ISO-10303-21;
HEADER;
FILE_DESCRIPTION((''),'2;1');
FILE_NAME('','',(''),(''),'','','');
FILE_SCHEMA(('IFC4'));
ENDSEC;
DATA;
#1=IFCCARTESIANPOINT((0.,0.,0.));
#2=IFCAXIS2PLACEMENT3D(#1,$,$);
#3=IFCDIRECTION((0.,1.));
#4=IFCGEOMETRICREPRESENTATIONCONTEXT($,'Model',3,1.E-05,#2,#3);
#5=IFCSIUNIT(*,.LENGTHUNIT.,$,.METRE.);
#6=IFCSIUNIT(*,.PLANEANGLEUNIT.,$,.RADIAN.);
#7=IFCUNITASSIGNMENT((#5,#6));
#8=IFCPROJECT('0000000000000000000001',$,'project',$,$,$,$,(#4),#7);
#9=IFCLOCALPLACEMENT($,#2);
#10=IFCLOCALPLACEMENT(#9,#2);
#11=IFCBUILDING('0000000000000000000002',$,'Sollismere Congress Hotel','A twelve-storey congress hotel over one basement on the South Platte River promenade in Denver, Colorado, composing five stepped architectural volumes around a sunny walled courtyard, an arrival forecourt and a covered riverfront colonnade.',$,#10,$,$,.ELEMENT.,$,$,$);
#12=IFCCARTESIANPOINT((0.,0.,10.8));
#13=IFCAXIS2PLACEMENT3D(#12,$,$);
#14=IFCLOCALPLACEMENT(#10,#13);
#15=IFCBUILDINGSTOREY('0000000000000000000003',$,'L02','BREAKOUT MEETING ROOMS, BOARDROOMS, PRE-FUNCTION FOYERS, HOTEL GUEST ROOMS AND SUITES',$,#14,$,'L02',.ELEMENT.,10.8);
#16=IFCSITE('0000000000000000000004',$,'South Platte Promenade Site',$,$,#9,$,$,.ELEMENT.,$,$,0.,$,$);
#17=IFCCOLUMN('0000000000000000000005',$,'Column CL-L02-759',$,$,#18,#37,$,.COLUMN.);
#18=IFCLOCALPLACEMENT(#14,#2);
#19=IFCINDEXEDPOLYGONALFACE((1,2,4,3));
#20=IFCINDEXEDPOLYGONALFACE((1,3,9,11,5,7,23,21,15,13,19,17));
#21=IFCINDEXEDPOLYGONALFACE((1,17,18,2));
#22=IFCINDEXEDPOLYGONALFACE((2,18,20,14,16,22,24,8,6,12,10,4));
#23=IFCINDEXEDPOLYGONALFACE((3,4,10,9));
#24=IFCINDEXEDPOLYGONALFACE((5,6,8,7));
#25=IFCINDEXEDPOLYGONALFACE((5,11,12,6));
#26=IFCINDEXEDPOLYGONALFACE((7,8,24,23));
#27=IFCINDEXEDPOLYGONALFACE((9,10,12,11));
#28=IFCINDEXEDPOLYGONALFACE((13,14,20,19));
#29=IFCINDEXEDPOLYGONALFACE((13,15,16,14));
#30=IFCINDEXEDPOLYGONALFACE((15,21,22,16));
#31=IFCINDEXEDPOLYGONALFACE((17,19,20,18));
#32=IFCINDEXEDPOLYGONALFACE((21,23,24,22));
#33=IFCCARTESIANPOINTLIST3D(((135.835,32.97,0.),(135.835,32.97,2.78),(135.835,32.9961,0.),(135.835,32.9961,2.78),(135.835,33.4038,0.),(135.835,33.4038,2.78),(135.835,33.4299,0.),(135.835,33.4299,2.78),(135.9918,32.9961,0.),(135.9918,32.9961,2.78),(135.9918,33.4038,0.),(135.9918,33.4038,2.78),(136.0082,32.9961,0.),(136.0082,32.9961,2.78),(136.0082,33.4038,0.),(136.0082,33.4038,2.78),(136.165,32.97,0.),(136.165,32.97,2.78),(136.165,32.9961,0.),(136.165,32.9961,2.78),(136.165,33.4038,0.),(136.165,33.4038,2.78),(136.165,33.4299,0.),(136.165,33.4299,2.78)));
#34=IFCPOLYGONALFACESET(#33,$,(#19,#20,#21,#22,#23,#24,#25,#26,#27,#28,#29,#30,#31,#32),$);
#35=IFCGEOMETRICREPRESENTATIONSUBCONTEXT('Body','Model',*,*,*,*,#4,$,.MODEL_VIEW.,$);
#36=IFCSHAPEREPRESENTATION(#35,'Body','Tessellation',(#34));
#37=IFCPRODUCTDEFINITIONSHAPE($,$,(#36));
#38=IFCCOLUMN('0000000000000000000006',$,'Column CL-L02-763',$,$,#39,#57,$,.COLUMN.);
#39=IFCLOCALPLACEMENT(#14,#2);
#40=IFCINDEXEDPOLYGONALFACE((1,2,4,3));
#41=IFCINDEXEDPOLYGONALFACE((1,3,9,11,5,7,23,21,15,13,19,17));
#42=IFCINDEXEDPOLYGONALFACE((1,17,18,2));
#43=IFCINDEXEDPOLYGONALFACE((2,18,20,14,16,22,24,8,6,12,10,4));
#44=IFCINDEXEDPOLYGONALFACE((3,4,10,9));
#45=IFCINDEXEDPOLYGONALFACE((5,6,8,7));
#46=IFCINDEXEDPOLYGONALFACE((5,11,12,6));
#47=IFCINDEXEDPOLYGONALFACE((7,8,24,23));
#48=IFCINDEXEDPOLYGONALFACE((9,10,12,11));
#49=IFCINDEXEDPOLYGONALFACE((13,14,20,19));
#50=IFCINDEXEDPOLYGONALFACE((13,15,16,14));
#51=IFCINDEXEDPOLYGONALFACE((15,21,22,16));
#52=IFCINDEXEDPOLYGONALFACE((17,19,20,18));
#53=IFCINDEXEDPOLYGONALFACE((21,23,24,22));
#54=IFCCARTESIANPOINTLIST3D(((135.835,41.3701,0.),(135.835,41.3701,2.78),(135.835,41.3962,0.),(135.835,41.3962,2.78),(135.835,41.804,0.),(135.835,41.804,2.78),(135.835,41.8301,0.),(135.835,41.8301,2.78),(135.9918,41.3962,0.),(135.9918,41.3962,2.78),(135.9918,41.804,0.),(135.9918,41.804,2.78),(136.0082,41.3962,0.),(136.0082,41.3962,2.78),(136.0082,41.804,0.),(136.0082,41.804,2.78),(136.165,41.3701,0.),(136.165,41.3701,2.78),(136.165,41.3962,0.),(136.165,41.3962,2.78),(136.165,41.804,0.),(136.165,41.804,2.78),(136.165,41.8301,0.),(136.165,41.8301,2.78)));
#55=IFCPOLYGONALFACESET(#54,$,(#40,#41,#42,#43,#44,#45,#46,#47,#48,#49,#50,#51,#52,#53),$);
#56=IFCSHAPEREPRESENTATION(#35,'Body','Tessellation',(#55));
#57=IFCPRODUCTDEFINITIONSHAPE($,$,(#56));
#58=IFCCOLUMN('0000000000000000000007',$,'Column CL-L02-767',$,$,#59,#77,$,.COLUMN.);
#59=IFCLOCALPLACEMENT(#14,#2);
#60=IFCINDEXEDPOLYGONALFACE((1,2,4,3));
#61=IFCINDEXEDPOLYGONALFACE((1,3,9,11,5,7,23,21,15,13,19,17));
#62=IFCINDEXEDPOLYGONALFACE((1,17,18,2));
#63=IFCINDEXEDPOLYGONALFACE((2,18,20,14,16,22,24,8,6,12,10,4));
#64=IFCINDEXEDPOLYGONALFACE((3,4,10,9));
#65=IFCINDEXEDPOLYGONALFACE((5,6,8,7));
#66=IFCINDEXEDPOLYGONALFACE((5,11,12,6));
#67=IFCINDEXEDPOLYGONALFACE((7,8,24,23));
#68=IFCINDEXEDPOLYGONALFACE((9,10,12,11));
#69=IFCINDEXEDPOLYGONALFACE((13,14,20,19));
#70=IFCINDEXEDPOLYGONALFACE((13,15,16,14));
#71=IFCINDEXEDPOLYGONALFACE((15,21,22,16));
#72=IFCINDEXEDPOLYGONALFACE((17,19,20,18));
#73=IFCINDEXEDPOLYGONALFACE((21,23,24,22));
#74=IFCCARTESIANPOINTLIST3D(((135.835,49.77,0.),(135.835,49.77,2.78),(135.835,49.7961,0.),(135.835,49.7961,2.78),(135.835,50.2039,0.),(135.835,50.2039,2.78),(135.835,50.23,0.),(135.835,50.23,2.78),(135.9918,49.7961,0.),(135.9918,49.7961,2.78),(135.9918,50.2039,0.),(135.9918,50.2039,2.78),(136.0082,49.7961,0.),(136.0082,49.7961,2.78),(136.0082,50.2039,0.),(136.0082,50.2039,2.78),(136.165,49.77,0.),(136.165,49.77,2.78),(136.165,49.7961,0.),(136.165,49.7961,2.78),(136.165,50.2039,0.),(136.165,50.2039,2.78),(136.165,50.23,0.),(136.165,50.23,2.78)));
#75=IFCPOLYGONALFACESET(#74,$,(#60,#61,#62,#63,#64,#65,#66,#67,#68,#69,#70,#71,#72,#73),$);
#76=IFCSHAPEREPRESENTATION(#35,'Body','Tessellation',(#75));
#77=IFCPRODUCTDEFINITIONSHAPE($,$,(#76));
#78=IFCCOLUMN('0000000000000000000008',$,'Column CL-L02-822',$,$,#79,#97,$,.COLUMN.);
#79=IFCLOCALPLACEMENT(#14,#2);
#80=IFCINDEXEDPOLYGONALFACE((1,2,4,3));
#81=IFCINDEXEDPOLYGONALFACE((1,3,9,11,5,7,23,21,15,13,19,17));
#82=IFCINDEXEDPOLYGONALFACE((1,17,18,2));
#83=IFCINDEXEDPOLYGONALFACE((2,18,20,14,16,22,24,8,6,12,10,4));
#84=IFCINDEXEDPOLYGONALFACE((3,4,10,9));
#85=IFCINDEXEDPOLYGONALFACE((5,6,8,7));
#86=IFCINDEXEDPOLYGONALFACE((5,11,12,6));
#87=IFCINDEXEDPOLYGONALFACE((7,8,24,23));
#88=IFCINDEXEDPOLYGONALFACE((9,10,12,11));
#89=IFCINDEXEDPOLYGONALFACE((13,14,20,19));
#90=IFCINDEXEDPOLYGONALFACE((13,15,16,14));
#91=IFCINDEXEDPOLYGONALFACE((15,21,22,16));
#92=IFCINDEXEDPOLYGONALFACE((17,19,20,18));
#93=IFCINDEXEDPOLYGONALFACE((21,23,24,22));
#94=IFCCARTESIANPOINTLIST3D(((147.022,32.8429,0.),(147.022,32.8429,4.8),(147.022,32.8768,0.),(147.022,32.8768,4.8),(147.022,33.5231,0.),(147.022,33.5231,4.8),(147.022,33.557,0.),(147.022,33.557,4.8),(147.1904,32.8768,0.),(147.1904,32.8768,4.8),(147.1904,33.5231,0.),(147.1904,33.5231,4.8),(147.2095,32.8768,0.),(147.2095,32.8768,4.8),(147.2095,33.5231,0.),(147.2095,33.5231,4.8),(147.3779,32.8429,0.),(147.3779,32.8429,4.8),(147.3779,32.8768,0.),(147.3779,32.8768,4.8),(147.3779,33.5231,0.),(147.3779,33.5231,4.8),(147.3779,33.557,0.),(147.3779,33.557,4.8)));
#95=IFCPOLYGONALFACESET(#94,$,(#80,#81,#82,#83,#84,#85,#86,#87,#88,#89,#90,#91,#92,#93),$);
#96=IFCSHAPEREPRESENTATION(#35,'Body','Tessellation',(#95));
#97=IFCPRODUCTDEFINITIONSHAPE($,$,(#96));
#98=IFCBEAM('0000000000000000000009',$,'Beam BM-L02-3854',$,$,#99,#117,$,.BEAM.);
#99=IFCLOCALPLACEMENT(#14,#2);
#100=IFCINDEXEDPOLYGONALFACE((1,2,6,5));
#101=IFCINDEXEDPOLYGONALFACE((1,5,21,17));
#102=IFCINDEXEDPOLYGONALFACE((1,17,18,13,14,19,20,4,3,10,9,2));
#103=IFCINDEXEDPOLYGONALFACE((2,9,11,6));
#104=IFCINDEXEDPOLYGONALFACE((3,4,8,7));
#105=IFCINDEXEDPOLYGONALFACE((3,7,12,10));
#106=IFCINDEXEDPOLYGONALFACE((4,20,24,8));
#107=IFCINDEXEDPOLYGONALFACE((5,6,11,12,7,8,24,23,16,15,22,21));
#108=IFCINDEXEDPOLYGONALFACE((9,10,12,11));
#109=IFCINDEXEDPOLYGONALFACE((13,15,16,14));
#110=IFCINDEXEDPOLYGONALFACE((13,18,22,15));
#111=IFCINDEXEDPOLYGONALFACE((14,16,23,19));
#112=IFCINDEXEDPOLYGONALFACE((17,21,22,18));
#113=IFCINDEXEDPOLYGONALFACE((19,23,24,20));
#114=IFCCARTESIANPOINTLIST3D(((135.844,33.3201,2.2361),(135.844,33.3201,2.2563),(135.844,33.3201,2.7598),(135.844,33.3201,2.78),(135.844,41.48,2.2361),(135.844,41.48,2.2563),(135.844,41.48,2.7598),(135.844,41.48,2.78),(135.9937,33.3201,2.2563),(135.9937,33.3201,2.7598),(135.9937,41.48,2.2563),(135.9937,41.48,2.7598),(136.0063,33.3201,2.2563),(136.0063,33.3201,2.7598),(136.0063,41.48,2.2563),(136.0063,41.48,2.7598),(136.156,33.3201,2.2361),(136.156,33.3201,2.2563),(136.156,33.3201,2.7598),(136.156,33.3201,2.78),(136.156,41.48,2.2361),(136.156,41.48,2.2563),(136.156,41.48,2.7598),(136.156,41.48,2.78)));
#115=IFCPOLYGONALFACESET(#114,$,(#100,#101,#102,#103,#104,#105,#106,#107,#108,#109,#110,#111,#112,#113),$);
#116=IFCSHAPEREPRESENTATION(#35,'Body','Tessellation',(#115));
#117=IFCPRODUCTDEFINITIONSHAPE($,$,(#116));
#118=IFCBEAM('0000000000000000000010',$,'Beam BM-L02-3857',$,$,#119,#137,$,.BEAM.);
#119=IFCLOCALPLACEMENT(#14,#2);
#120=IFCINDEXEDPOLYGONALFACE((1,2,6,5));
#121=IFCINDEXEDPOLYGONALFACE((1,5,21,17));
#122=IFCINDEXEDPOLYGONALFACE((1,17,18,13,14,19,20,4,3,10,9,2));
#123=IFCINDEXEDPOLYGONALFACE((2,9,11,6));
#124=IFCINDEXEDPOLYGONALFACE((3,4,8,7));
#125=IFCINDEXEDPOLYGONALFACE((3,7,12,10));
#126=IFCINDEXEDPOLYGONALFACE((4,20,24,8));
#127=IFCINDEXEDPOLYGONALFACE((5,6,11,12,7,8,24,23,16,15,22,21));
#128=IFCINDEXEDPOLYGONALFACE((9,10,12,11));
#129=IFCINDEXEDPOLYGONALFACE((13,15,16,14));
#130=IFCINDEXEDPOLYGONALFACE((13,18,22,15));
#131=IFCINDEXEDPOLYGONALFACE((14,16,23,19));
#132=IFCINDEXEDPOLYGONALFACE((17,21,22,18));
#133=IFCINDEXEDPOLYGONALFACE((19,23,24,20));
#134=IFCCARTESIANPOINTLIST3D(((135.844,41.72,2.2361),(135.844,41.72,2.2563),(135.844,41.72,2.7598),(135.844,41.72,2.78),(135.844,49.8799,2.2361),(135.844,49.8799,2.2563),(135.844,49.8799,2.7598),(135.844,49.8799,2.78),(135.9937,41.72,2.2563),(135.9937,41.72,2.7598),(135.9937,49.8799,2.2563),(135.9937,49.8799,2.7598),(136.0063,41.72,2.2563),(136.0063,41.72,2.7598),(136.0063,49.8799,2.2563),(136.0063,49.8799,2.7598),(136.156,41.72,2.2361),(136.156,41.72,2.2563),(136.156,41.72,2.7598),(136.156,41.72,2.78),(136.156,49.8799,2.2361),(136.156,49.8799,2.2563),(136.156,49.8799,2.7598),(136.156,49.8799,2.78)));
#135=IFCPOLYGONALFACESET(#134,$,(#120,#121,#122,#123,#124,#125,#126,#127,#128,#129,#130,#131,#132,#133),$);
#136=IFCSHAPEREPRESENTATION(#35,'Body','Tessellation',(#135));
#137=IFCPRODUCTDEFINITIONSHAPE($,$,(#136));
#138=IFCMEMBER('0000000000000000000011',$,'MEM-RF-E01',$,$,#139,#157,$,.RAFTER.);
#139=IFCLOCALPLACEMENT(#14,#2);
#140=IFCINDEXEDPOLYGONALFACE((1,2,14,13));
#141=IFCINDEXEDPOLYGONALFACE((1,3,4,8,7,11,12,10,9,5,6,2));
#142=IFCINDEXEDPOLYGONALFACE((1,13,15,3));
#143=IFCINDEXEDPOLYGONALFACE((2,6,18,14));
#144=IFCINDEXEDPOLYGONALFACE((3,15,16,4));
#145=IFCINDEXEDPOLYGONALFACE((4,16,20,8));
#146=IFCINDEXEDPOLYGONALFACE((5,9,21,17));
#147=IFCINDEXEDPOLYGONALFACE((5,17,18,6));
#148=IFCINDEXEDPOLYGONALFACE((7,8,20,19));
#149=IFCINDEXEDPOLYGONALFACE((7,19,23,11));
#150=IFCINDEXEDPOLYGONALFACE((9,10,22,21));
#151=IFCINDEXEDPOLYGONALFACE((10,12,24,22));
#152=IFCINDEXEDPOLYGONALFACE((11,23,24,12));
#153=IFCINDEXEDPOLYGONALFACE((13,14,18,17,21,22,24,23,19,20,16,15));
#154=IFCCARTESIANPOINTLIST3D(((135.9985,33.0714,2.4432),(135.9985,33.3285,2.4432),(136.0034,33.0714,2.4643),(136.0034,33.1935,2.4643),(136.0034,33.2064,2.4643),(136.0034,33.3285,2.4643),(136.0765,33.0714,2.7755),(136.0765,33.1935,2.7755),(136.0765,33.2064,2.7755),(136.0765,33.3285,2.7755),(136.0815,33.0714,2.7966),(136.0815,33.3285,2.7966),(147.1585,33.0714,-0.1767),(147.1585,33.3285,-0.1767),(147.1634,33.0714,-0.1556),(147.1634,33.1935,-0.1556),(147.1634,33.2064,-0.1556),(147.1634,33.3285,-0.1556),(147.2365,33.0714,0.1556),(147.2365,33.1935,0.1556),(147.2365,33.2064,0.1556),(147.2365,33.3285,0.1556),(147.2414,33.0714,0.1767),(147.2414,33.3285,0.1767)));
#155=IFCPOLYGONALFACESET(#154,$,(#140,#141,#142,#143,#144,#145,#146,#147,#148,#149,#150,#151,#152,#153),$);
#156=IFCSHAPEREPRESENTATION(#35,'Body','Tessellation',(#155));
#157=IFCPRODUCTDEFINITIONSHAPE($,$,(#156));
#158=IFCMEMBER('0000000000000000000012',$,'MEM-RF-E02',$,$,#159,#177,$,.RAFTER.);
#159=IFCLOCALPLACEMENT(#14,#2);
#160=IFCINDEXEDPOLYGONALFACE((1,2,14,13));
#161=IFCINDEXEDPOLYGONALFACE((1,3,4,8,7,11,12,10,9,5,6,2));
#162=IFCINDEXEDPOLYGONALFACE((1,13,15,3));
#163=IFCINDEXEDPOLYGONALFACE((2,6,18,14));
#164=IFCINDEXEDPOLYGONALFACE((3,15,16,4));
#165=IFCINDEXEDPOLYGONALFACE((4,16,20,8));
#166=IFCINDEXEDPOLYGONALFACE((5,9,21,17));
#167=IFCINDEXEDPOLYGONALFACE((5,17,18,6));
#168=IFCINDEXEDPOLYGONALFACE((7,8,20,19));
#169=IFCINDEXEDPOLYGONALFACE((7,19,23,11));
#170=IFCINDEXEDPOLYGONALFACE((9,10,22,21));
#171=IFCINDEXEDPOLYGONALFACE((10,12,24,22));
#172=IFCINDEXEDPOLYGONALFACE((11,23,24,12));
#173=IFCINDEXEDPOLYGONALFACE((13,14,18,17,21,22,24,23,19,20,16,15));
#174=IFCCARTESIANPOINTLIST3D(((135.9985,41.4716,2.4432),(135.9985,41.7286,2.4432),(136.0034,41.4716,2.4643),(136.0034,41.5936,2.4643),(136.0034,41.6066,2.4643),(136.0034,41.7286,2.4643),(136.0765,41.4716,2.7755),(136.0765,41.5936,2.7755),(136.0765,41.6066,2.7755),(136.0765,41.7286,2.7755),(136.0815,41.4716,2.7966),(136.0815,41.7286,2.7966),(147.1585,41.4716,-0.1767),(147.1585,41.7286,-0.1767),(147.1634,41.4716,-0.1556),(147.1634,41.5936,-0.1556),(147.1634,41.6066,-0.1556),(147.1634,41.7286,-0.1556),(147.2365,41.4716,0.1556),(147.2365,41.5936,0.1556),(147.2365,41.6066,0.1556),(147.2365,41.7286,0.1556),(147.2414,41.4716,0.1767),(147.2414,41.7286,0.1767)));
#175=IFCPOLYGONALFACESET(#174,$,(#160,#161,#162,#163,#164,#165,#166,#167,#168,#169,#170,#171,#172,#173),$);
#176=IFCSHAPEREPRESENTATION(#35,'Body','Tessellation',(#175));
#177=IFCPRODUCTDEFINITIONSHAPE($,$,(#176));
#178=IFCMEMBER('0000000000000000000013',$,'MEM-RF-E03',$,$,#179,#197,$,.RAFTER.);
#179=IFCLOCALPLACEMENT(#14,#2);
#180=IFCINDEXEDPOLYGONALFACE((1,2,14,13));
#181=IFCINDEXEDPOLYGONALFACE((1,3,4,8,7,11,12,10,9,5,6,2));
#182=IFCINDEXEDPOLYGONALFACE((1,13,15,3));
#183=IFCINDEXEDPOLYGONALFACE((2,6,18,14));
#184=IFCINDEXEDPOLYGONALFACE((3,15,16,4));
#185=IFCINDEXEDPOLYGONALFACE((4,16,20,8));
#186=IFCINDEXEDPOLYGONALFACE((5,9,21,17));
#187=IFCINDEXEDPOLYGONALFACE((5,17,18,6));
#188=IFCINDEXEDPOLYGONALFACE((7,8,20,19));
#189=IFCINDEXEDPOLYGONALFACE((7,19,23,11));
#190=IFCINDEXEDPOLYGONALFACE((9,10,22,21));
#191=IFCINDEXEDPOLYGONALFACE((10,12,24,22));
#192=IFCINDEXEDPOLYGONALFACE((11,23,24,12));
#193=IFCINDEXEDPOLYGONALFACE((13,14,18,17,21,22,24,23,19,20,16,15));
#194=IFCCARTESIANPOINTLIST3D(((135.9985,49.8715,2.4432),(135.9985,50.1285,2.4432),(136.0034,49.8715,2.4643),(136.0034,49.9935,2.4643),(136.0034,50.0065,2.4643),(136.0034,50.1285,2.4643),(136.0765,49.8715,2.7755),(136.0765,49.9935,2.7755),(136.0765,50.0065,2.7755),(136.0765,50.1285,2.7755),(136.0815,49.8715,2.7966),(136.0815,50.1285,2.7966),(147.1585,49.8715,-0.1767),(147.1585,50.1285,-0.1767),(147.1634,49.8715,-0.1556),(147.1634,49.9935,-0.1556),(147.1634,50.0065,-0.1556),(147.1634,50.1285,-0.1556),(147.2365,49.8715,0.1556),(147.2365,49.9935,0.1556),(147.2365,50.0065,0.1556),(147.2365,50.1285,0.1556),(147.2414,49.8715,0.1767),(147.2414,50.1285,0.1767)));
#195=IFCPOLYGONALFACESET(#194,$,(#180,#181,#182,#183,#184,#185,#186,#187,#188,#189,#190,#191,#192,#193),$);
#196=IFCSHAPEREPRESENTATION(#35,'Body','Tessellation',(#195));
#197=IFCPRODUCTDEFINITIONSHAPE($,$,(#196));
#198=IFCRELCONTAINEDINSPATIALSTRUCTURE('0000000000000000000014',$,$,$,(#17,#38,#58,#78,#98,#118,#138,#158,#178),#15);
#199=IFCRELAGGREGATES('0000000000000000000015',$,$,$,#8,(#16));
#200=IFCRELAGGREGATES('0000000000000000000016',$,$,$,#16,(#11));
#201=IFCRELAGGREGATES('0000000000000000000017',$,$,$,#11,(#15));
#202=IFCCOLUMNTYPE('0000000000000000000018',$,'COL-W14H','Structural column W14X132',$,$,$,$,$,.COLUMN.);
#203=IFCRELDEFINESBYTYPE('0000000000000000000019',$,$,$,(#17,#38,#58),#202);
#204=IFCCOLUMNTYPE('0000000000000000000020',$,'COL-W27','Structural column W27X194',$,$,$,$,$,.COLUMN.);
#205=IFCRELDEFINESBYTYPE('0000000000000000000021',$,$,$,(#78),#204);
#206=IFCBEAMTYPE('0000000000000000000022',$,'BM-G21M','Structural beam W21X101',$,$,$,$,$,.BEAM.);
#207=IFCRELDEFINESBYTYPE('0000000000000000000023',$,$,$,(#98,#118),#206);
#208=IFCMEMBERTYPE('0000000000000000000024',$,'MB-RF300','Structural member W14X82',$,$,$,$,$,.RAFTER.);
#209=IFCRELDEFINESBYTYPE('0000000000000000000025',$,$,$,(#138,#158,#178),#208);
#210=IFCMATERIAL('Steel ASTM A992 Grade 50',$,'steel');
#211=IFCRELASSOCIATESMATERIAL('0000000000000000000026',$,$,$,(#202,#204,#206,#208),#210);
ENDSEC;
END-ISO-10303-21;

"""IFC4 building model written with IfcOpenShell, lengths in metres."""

from ifc_helpers import new_model, si_unit, direction, frame, origin, origin_2d, place, context, subcontext, project, spatial, i_section, extrude, material, material_profile, profile_set, type_object, element, save


model = new_model("IFC4")

# Units and contexts
model_context = context("Model", 3, precision=1e-05, world=origin(), true_north=direction((0.0, 1.0)))
body_context = subcontext(model_context, "Body", "Model", "MODEL_VIEW")
ifc_project = project(units=[si_unit("LENGTHUNIT", "METRE"), si_unit("PLANEANGLEUNIT", "RADIAN")], contexts=[model_context])

# Site, building, storey
site_placement = place(None, origin())
site = spatial("IfcSite", under=ifc_project, at=site_placement, Name="South Platte Promenade Site", CompositionType="ELEMENT", RefElevation=0.0)
building_placement = place(site_placement, origin())
building = spatial("IfcBuilding", under=site, at=building_placement, Name="Sollismere Congress Hotel", Description="A twelve-storey congress hotel over one basement on the South Platte River promenade in Denver, Colorado, composing five stepped architectural volumes around a sunny walled courtyard, an arrival forecourt and a covered riverfront colonnade.", CompositionType="ELEMENT")
storey_placement = place(building_placement, frame((0.0, 0.0, 10.8)))
storey = spatial("IfcBuildingStorey", under=building, at=storey_placement, Name="L02", Description="BREAKOUT MEETING ROOMS, BOARDROOMS, PRE-FUNCTION FOYERS, HOTEL GUEST ROOMS AND SUITES", LongName="L02", CompositionType="ELEMENT", Elevation=10.8)

# Columns
ifc_material_1 = material(Name="Steel ASTM A992 Grade 50", Category="steel")
ifc_material_profile_1 = material_profile(ifc_material_1, i_section(OverallWidth=0.3301, OverallDepth=0.46, WebThickness=0.0164, FlangeThickness=0.0261, at=origin_2d()), Name="W14X132")
ifc_profile_set_1 = profile_set([ifc_material_profile_1], Name="Steel ASTM A992 Grade 50")
column_type_1 = type_object("IfcColumnType", Name="COL-W14H", Description="Structural column W14X132", PredefinedType="COLUMN", material=ifc_profile_set_1)
for number, where, z_axis, x_axis, name in (
    (1, (136.0, 33.2, 0.0), (0.0, 0.0, 1.0), (1.0, 0.0, 0.0), "Column CL-L02-759"),
    (2, (136.0, 41.6001, 0.0), (0.0, 0.0, 1.0), (1.0, 0.0, 0.0), "Column CL-L02-763"),
    (3, (136.0, 50.0, 0.0), (0.0, 0.0, 1.0), (1.0, 0.0, 0.0), "Column CL-L02-767"),
):
    element("IfcColumn", number, at=place(storey_placement, frame(where, z_axis=z_axis, x_axis=x_axis)), inside=storey, type_object=column_type_1, Name=name, PredefinedType="COLUMN", context=body_context, shape_type="SweptSolid", body=[
        extrude(i_section(OverallWidth=0.3301, OverallDepth=0.46, WebThickness=0.0164, FlangeThickness=0.0261, at=origin_2d()), origin(), (0.0, 0.0, 1.0), 2.78),
    ])
ifc_material_profile_2 = material_profile(ifc_material_1, i_section(OverallWidth=0.356, OverallDepth=0.7141, WebThickness=0.019, FlangeThickness=0.0339, at=origin_2d()), Name="W27X194")
ifc_profile_set_2 = profile_set([ifc_material_profile_2], Name="Steel ASTM A992 Grade 50")
column_type_2 = type_object("IfcColumnType", Name="COL-W27", Description="Structural column W27X194", PredefinedType="COLUMN", material=ifc_profile_set_2)
column_placement = place(storey_placement, frame((147.2, 33.2, 0.0), z_axis=(0.0, 0.0, 1.0), x_axis=(1.0, 0.0, 0.0)))
element("IfcColumn", 4, at=column_placement, inside=storey, type_object=column_type_2, Name="Column CL-L02-822", PredefinedType="COLUMN", context=body_context, shape_type="SweptSolid", body=[
    extrude(i_section(OverallWidth=0.356, OverallDepth=0.7141, WebThickness=0.019, FlangeThickness=0.0339, at=origin_2d()), origin(), (0.0, 0.0, 1.0), 4.8),
])

# Beams
ifc_material_profile_3 = material_profile(ifc_material_1, i_section(OverallWidth=0.312, OverallDepth=0.5439, WebThickness=0.0127, FlangeThickness=0.0203, at=origin_2d()), Name="W21X101")
ifc_profile_set_3 = profile_set([ifc_material_profile_3], Name="Steel ASTM A992 Grade 50")
beam_type = type_object("IfcBeamType", Name="BM-G21M", Description="Structural beam W21X101", PredefinedType="BEAM", material=ifc_profile_set_3)
for number, where, z_axis, x_axis, name in (
    (5, (136.0, 33.3201, 2.5081), (0.0, 1.0, 0.0), (-1.0, 0.0, 0.0), "Beam BM-L02-3854"),
    (6, (136.0, 41.72, 2.5081), (0.0, 1.0, 0.0), (-1.0, 0.0, 0.0), "Beam BM-L02-3857"),
):
    element("IfcBeam", number, at=place(storey_placement, frame(where, z_axis=z_axis, x_axis=x_axis)), inside=storey, type_object=beam_type, Name=name, PredefinedType="BEAM", context=body_context, shape_type="SweptSolid", body=[
        extrude(i_section(OverallWidth=0.312, OverallDepth=0.5439, WebThickness=0.0127, FlangeThickness=0.0203, at=origin_2d()), origin(), (0.0, 0.0, 1.0), 8.1599),
    ])

# Members
ifc_material_profile_4 = material_profile(ifc_material_1, i_section(OverallWidth=0.2571, OverallDepth=0.363, WebThickness=0.0129, FlangeThickness=0.0217, at=origin_2d()), Name="W14X82")
ifc_profile_set_4 = profile_set([ifc_material_profile_4], Name="Steel ASTM A992 Grade 50")
member_type_1 = type_object("IfcMemberType", Name="MB-RF300", Description="Structural member W14X82", PredefinedType="RAFTER", material=ifc_profile_set_4)
for number, where, z_axis, x_axis, name in (
    (7, (147.2, 33.2, 0.0), (-0.973534, 0.0, 0.228544), (0.0, -1.0, 0.0), "MEM-RF-E01"),
    (8, (147.2, 41.6001, 0.0), (-0.973534, 0.0, 0.228544), (0.0, -1.0, 0.0), "MEM-RF-E02"),
    (9, (147.2, 50.0, 0.0), (-0.973534, 0.0, 0.228544), (0.0, -1.0, 0.0), "MEM-RF-E03"),
):
    element("IfcMember", number, at=place(storey_placement, frame(where, z_axis=z_axis, x_axis=x_axis)), inside=storey, type_object=member_type_1, Name=name, PredefinedType="RAFTER", context=body_context, shape_type="SweptSolid", body=[
        extrude(i_section(OverallWidth=0.2571, OverallDepth=0.363, WebThickness=0.0129, FlangeThickness=0.0217, at=origin_2d()), origin(), (0.0, 0.0, 1.0), 11.4634),
    ])

save(model, "model.ifc")
